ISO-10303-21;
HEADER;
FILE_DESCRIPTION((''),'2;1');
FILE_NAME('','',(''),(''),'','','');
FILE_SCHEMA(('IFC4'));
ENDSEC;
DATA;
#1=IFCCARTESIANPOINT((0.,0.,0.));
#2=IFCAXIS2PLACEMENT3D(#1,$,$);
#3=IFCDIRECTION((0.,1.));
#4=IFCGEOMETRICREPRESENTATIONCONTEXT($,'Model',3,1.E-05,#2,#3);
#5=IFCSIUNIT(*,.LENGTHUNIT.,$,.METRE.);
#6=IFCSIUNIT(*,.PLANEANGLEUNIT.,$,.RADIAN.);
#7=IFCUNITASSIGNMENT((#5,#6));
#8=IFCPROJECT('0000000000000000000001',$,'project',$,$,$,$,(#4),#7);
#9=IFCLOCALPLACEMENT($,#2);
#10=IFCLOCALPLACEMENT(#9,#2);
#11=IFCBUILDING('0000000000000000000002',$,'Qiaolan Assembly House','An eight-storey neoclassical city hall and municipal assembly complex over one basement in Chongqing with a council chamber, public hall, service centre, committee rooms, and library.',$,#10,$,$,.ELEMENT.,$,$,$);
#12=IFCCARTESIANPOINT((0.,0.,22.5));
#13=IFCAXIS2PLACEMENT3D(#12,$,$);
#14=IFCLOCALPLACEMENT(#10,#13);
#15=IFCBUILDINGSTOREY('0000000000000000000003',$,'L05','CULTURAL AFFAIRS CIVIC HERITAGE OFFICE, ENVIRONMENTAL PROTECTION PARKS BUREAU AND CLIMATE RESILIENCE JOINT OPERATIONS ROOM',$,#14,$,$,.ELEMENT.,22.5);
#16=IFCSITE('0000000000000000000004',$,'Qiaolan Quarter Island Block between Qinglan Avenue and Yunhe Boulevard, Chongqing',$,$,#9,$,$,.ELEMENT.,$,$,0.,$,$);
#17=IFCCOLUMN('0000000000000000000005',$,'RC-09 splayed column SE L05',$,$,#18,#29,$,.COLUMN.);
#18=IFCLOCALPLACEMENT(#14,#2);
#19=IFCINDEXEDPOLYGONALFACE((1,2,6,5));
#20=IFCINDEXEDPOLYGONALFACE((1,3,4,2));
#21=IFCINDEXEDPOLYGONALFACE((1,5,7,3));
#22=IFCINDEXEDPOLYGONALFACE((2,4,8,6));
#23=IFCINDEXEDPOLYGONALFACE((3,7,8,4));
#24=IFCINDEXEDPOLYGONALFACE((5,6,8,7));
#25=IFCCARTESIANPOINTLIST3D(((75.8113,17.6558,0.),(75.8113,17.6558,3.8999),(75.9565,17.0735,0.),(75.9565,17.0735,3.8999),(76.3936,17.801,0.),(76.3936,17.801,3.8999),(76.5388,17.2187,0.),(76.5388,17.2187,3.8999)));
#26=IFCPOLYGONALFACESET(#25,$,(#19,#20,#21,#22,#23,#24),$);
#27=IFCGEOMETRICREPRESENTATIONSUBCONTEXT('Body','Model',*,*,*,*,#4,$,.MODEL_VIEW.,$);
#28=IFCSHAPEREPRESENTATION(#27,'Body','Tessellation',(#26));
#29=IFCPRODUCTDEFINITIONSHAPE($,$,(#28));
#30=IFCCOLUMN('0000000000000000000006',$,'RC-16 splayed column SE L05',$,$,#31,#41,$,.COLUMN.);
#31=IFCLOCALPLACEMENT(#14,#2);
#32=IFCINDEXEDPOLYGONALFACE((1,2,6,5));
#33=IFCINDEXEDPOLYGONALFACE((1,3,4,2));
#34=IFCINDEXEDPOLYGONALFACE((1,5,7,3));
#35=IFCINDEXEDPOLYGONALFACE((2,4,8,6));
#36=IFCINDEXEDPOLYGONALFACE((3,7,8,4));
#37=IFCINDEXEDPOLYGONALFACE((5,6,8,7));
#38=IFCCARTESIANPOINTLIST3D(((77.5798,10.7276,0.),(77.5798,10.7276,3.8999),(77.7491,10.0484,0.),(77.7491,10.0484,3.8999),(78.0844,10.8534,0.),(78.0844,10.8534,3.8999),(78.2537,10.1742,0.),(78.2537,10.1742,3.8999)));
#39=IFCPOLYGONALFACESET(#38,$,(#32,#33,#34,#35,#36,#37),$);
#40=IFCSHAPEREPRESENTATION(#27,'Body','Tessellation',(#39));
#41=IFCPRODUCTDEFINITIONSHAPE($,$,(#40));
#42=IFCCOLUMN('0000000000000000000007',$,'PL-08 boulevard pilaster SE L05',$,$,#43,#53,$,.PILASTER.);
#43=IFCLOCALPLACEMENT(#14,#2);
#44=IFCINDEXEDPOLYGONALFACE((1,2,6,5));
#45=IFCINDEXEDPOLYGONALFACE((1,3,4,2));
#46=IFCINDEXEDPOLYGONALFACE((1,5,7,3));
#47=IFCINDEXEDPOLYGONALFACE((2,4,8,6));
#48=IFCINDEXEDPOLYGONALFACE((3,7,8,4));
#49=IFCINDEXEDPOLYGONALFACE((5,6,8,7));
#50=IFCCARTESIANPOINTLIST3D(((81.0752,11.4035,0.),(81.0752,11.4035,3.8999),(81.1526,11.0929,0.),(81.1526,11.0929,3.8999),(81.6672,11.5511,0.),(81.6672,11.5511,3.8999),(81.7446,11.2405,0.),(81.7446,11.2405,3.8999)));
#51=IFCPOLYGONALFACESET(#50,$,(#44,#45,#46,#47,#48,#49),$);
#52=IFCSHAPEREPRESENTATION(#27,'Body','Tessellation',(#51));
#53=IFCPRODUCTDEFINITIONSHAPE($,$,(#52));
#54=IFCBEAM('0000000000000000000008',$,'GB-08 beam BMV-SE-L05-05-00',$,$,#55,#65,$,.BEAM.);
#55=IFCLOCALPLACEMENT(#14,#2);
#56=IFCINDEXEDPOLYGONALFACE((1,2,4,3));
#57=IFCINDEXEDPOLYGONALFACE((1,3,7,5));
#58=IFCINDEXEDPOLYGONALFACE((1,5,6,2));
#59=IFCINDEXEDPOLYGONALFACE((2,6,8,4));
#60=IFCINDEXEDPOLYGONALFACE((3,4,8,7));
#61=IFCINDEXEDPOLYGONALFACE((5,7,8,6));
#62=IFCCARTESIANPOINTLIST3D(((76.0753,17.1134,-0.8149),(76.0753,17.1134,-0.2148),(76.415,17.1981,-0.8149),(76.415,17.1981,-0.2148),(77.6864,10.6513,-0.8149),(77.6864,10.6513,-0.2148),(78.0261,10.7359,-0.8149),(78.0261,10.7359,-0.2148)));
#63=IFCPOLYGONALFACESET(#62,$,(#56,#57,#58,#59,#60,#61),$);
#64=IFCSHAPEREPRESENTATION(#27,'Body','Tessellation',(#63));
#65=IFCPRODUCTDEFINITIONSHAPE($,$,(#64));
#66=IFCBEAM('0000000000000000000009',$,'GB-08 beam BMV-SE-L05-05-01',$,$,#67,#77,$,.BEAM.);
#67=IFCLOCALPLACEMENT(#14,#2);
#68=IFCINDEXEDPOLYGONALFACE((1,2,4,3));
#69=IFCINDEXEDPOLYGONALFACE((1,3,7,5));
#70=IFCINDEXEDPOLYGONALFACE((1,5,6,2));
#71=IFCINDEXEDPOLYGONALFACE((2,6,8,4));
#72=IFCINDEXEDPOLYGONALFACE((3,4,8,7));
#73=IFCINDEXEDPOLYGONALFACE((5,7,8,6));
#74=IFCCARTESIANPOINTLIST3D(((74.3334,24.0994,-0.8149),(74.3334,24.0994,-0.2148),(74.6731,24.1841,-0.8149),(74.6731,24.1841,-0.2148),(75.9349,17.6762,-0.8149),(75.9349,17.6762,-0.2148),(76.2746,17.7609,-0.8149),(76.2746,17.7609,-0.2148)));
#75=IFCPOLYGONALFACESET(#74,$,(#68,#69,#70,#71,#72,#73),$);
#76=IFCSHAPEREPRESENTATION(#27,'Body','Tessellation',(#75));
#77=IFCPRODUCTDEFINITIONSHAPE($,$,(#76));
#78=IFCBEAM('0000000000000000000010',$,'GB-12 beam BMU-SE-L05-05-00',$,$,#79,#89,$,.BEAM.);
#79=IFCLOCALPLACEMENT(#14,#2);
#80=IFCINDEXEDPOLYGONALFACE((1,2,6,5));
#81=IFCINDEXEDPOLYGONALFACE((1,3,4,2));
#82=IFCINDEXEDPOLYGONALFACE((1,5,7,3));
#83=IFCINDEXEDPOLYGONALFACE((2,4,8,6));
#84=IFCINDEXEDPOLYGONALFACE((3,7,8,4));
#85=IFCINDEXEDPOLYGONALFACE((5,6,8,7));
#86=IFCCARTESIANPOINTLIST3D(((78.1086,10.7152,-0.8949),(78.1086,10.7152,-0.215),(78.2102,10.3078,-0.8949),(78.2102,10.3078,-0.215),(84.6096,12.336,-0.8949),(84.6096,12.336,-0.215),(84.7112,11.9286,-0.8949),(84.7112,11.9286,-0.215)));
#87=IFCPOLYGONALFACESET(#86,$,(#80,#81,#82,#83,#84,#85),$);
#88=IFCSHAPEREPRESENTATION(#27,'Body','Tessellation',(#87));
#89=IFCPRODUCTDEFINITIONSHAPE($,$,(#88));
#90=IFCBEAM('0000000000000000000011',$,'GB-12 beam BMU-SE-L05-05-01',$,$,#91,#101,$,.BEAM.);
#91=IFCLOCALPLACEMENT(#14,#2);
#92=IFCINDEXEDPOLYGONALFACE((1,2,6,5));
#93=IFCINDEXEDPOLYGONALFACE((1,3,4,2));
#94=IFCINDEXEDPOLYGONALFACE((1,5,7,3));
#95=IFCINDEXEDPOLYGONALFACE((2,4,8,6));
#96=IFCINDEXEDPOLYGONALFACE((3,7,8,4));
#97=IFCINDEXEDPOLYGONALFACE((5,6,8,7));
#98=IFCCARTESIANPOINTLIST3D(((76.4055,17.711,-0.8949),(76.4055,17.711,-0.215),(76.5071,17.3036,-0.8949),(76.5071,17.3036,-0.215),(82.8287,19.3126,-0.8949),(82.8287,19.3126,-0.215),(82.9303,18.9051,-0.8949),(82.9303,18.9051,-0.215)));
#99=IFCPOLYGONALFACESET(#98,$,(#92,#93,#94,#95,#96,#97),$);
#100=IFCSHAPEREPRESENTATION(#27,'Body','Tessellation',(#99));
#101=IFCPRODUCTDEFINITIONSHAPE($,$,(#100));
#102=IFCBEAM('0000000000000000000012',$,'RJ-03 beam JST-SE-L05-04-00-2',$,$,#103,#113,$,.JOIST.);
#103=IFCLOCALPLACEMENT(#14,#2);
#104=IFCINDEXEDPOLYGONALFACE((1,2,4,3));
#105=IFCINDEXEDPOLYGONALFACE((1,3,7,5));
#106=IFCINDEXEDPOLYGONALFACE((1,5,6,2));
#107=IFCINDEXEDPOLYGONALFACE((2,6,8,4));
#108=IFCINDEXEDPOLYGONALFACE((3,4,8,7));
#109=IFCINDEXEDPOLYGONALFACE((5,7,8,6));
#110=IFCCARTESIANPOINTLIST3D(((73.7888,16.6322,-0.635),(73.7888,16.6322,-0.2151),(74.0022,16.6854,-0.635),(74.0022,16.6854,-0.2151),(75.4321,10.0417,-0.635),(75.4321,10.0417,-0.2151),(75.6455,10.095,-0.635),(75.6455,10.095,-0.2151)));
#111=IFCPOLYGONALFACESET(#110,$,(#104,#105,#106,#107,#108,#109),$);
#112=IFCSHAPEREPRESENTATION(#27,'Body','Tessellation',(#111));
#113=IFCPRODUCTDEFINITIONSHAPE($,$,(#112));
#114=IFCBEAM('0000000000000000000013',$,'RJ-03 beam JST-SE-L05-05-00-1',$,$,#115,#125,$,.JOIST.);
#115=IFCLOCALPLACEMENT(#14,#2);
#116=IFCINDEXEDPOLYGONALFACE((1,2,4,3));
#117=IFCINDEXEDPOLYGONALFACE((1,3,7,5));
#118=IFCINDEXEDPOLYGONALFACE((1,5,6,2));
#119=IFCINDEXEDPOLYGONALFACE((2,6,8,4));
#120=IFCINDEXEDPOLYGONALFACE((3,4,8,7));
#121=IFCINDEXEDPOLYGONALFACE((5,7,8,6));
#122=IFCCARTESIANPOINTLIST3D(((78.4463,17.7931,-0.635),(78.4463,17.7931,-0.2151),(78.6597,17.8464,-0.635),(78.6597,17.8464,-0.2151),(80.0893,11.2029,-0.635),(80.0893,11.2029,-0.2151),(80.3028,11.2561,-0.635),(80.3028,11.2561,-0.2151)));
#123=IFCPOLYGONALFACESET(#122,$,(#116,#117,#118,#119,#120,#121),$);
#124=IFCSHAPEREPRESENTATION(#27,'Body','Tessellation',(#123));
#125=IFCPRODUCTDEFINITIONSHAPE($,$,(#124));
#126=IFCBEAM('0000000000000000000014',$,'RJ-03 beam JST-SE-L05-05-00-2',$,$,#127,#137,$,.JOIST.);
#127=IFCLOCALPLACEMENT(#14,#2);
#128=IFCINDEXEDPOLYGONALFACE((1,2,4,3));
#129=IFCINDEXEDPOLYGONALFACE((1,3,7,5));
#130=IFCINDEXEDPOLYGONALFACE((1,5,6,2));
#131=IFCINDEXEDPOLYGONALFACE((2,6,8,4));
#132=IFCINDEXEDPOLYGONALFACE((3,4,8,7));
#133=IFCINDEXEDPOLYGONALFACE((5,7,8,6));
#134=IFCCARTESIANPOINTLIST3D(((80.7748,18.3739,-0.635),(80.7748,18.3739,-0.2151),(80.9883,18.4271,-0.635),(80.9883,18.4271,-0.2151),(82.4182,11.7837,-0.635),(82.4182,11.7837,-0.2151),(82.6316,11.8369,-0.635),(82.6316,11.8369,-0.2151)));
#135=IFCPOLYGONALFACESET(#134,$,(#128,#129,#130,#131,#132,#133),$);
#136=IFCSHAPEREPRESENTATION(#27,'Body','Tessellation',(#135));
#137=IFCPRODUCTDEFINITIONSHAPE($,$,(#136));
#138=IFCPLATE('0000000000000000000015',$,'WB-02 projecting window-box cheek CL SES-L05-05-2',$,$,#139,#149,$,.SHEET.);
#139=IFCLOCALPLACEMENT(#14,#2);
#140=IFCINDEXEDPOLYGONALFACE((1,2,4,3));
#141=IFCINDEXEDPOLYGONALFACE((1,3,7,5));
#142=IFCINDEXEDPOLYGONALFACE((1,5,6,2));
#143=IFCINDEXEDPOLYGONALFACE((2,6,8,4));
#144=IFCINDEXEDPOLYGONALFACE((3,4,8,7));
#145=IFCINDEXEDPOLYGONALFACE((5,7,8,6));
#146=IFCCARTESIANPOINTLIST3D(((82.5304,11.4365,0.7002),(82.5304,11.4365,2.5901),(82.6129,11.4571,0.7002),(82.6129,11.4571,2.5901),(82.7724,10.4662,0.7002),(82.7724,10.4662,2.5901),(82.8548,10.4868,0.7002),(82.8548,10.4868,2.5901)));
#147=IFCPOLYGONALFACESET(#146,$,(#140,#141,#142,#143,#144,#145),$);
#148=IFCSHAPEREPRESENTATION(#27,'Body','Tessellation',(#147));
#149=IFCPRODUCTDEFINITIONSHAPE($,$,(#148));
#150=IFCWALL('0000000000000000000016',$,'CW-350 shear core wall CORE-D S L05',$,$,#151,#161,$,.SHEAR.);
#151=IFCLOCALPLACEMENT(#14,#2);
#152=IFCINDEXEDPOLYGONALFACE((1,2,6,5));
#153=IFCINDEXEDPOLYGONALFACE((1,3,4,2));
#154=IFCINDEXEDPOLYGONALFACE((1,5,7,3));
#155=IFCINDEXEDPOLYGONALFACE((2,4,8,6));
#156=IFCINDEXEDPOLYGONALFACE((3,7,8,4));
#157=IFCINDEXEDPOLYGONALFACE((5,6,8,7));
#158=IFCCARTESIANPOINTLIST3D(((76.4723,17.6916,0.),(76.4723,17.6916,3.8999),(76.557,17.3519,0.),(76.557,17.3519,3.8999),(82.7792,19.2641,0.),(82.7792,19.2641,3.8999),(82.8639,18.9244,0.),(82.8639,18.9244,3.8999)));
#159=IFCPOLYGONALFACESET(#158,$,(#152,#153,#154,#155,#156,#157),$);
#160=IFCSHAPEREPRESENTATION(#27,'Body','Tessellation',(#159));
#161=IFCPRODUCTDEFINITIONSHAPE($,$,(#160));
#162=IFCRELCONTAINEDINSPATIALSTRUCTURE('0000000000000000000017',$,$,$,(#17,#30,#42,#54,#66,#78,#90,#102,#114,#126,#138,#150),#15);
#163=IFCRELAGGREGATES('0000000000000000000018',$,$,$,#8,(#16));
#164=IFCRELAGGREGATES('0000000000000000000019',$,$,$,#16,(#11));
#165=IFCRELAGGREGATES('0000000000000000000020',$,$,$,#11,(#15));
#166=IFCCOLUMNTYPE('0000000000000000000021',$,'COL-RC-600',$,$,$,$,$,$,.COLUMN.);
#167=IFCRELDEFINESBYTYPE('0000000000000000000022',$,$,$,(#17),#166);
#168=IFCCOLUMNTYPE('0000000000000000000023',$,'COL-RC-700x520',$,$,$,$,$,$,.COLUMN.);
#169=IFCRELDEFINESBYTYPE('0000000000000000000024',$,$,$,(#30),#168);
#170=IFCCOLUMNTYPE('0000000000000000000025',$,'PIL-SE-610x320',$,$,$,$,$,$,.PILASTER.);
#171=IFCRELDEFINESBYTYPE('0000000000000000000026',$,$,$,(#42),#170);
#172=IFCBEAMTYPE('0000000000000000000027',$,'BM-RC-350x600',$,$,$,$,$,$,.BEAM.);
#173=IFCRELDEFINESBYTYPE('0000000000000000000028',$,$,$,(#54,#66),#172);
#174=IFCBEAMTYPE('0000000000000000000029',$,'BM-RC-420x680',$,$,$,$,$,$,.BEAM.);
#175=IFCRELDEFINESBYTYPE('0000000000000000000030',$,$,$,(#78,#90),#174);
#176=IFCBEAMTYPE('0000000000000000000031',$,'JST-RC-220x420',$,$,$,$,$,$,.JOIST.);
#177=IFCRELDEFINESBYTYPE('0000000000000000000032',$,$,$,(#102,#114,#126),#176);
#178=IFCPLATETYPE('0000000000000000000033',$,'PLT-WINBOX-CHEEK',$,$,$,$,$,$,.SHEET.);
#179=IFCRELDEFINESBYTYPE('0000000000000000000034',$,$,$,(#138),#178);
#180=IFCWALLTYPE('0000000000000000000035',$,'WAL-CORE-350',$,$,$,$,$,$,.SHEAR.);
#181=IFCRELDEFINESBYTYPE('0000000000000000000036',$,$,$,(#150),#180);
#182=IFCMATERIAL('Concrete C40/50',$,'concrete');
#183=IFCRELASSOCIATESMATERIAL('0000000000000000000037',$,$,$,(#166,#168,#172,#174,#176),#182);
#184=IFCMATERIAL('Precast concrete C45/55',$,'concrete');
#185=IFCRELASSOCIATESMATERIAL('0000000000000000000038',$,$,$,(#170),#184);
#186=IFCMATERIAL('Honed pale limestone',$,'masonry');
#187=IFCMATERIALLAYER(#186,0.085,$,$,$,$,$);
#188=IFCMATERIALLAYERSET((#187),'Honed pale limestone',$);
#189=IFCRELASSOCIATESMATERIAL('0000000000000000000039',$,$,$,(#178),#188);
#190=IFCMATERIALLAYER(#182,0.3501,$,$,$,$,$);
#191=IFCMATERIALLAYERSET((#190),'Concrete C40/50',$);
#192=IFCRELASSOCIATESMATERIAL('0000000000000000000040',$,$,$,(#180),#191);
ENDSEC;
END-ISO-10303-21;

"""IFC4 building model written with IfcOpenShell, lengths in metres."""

from ifc_helpers import new_model, si_unit, direction, frame, frame_2d, origin, origin_2d, place, context, subcontext, project, spatial, rectangle, extrude, material, layer, layer_set, material_profile, profile_set, type_object, element, save


model = new_model("IFC4")

# Units and contexts
model_context = context("Model", 3, precision=1e-05, world=origin(), true_north=direction((0.0, 1.0)))
body_context = subcontext(model_context, "Body", "Model", "MODEL_VIEW")
ifc_project = project(units=[si_unit("LENGTHUNIT", "METRE"), si_unit("PLANEANGLEUNIT", "RADIAN")], contexts=[model_context])

# Site, building, storey
site_placement = place(None, origin())
site = spatial("IfcSite", under=ifc_project, at=site_placement, Name="Qiaolan Quarter Island Block between Qinglan Avenue and Yunhe Boulevard, Chongqing", CompositionType="ELEMENT", RefElevation=0.0)
building_placement = place(site_placement, origin())
building = spatial("IfcBuilding", under=site, at=building_placement, Name="Qiaolan Assembly House", Description="An eight-storey neoclassical city hall and municipal assembly complex over one basement in Chongqing with a council chamber, public hall, service centre, committee rooms, and library.", CompositionType="ELEMENT")
storey_placement = place(building_placement, frame((0.0, 0.0, 22.5)))
storey = spatial("IfcBuildingStorey", under=building, at=storey_placement, Name="L05", Description="CULTURAL AFFAIRS CIVIC HERITAGE OFFICE, ENVIRONMENTAL PROTECTION PARKS BUREAU AND CLIMATE RESILIENCE JOINT OPERATIONS ROOM", CompositionType="ELEMENT", Elevation=22.5)

# Columns
ifc_material_1 = material(Name="Concrete C40/50", Category="concrete")
ifc_material_profile_1 = material_profile(ifc_material_1, rectangle(XDim=0.6001, YDim=0.6001, at=origin_2d()), Name="RC 600x600")
ifc_profile_set_1 = profile_set([ifc_material_profile_1], Name="Concrete C40/50")
column_type_1 = type_object("IfcColumnType", Name="COL-RC-600", PredefinedType="COLUMN", material=ifc_profile_set_1)
column_1_placement = place(storey_placement, frame((76.175, 17.4373, 0.0), z_axis=(0.0, 0.0, 1.0), x_axis=(0.970296, 0.241922, 0.0)))
element("IfcColumn", 1, at=column_1_placement, inside=storey, type_object=column_type_1, Name="RC-09 splayed column SE L05", PredefinedType="COLUMN", context=body_context, shape_type="SweptSolid", body=[
    extrude(rectangle(XDim=0.6001, YDim=0.6001, at=origin_2d()), origin(), (0.0, 0.0, 1.0), 3.8999),
])
ifc_material_profile_2 = material_profile(ifc_material_1, rectangle(XDim=0.52, YDim=0.7, at=origin_2d()), Name="RC 700x520")
ifc_profile_set_2 = profile_set([ifc_material_profile_2], Name="Concrete C40/50")
column_type_2 = type_object("IfcColumnType", Name="COL-RC-700x520", PredefinedType="COLUMN", material=ifc_profile_set_2)
column_2_placement = place(storey_placement, frame((77.9167, 10.4509, 0.0), z_axis=(0.0, 0.0, 1.0), x_axis=(0.970296, 0.241922, 0.0)))
element("IfcColumn", 2, at=column_2_placement, inside=storey, type_object=column_type_2, Name="RC-16 splayed column SE L05", PredefinedType="COLUMN", context=body_context, shape_type="SweptSolid", body=[
    extrude(rectangle(XDim=0.52, YDim=0.7, at=origin_2d()), origin(), (0.0, 0.0, 1.0), 3.8999),
])
ifc_material_2 = material(Name="Precast concrete C45/55", Category="concrete")
ifc_material_profile_3 = material_profile(ifc_material_2, rectangle(XDim=0.6101, YDim=0.3201, at=origin_2d()), Name="PIL 610x320")
ifc_profile_set_3 = profile_set([ifc_material_profile_3], Name="Precast concrete C45/55")
column_type_3 = type_object("IfcColumnType", Name="PIL-SE-610x320", PredefinedType="PILASTER", material=ifc_profile_set_3)
column_3_placement = place(storey_placement, frame((81.4099, 11.322, 0.0), z_axis=(0.0, 0.0, 1.0), x_axis=(0.970296, 0.241922, 0.0)))
element("IfcColumn", 3, at=column_3_placement, inside=storey, type_object=column_type_3, Name="PL-08 boulevard pilaster SE L05", PredefinedType="PILASTER", context=body_context, shape_type="SweptSolid", body=[
    extrude(rectangle(XDim=0.6101, YDim=0.3201, at=origin_2d()), origin(), (0.0, 0.0, 1.0), 3.8999),
])

# Beams
ifc_material_profile_4 = material_profile(ifc_material_1, rectangle(XDim=0.3501, YDim=0.6001, at=origin_2d()), Name="RCB 350x600")
ifc_profile_set_4 = profile_set([ifc_material_profile_4], Name="Concrete C40/50")
beam_type_1 = type_object("IfcBeamType", Name="BM-RC-350x600", PredefinedType="BEAM", material=ifc_profile_set_4)
beam_1_placement = place(storey_placement, frame((77.8562, 10.6936, -0.5149), z_axis=(-0.241906, 0.9703, 0.0), x_axis=(-0.9703, -0.241906, 0.0)))
element("IfcBeam", 4, at=beam_1_placement, inside=storey, type_object=beam_type_1, Name="GB-08 beam BMV-SE-L05-05-00", PredefinedType="BEAM", context=body_context, shape_type="SweptSolid", body=[
    extrude(rectangle(XDim=0.3501, YDim=0.6001, at=origin_2d()), origin(), (0.0, 0.0, 1.0), 6.6599),
])
beam_2_placement = place(storey_placement, frame((76.1047, 17.7185, -0.5149), z_axis=(-0.241928, 0.970294, 0.0), x_axis=(-0.970294, -0.241928, 0.0)))
element("IfcBeam", 5, at=beam_2_placement, inside=storey, type_object=beam_type_1, Name="GB-08 beam BMV-SE-L05-05-01", PredefinedType="BEAM", context=body_context, shape_type="SweptSolid", body=[
    extrude(rectangle(XDim=0.3501, YDim=0.6001, at=origin_2d()), origin(), (0.0, 0.0, 1.0), 6.6199),
])
ifc_material_profile_5 = material_profile(ifc_material_1, rectangle(XDim=0.4199, YDim=0.6799, at=origin_2d()), Name="RCB 420x680")
ifc_profile_set_5 = profile_set([ifc_material_profile_5], Name="Concrete C40/50")
beam_type_2 = type_object("IfcBeamType", Name="BM-RC-420x680", PredefinedType="BEAM", material=ifc_profile_set_5)
beam_3_placement = place(storey_placement, frame((78.1594, 10.5115, -0.5549), z_axis=(0.970297, 0.241918, 0.0), x_axis=(-0.241918, 0.970297, 0.0)))
element("IfcBeam", 6, at=beam_3_placement, inside=storey, type_object=beam_type_2, Name="GB-12 beam BMU-SE-L05-05-00", PredefinedType="BEAM", context=body_context, shape_type="SweptSolid", body=[
    extrude(rectangle(XDim=0.4199, YDim=0.6799, at=origin_2d()), origin(), (0.0, 0.0, 1.0), 6.7),
])
beam_4_placement = place(storey_placement, frame((76.4563, 17.5073, -0.5549), z_axis=(0.970294, 0.241928, 0.0), x_axis=(-0.241928, 0.970294, 0.0)))
element("IfcBeam", 7, at=beam_4_placement, inside=storey, type_object=beam_type_2, Name="GB-12 beam BMU-SE-L05-05-01", PredefinedType="BEAM", context=body_context, shape_type="SweptSolid", body=[
    extrude(rectangle(XDim=0.4199, YDim=0.6799, at=origin_2d()), origin(), (0.0, 0.0, 1.0), 6.6199),
])
ifc_material_profile_6 = material_profile(ifc_material_1, rectangle(XDim=0.22, YDim=0.4199, at=origin_2d()), Name="RCB 220x420")
ifc_profile_set_6 = profile_set([ifc_material_profile_6], Name="Concrete C40/50")
beam_type_3 = type_object("IfcBeamType", Name="JST-RC-220x420", PredefinedType="JOIST", material=ifc_profile_set_6)
beam_5_placement = place(storey_placement, frame((75.5388, 10.0684, -0.425), z_axis=(-0.241944, 0.97029, 0.0), x_axis=(-0.97029, -0.241944, 0.0)))
element("IfcBeam", 8, at=beam_5_placement, inside=storey, type_object=beam_type_3, Name="RJ-03 beam JST-SE-L05-04-00-2", PredefinedType="JOIST", context=body_context, shape_type="SweptSolid", body=[
    extrude(rectangle(XDim=0.22, YDim=0.4199, at=origin_2d()), origin(), (0.0, 0.0, 1.0), 6.7922),
])
for number, where, z_axis, x_axis, name in (
    (9, (80.196, 11.2295, -0.425), (-0.24191, 0.970299, 0.0), (-0.970299, -0.24191, 0.0), "RJ-03 beam JST-SE-L05-05-00-1"),
    (10, (82.5249, 11.8103, -0.425), (-0.241952, 0.970288, 0.0), (-0.970288, -0.241952, 0.0), "RJ-03 beam JST-SE-L05-05-00-2"),
):
    element("IfcBeam", number, at=place(storey_placement, frame(where, z_axis=z_axis, x_axis=x_axis)), inside=storey, type_object=beam_type_3, Name=name, PredefinedType="JOIST", context=body_context, shape_type="SweptSolid", body=[
        extrude(rectangle(XDim=0.22, YDim=0.4199, at=origin_2d()), origin(), (0.0, 0.0, 1.0), 6.792),
    ])

# Plate
ifc_material_3 = material(Name="Honed pale limestone", Category="masonry")
ifc_layer_1 = layer(ifc_material_3, 0.085)
ifc_layer_set_1 = layer_set([ifc_layer_1], Name="Honed pale limestone")
plate_type = type_object("IfcPlateType", Name="PLT-WINBOX-CHEEK", PredefinedType="SHEET", material=ifc_layer_set_1)
plate_placement = place(storey_placement, frame((82.6926, 10.9617, 0.7002), z_axis=(0.0, 0.0, 1.0), x_axis=(0.970296, 0.241922, 0.0)))
element("IfcPlate", 11, at=plate_placement, inside=storey, type_object=plate_type, Name="WB-02 projecting window-box cheek CL SES-L05-05-2", PredefinedType="SHEET", context=body_context, shape_type="SweptSolid", body=[
    extrude(rectangle(XDim=0.085, YDim=1.0, at=origin_2d()), origin(), (0.0, 0.0, 1.0), 1.8899),
])

# Wall
ifc_layer_2 = layer(ifc_material_1, 0.3501)
ifc_layer_set_2 = layer_set([ifc_layer_2], Name="Concrete C40/50")
wall_type_1 = type_object("IfcWallType", Name="WAL-CORE-350", PredefinedType="SHEAR", material=ifc_layer_set_2)
wall_1_placement = place(storey_placement, frame((76.5146, 17.5217, 0.0), z_axis=(0.0, 0.0, 1.0), x_axis=(0.970295, 0.241926, 0.0)))
element("IfcWall", 12, at=wall_1_placement, inside=storey, type_object=wall_type_1, Name="CW-350 shear core wall CORE-D S L05", PredefinedType="SHEAR", context=body_context, shape_type="SweptSolid", body=[
    extrude(rectangle(XDim=6.5, YDim=0.3501, at=frame_2d((3.25, 0.0))), origin(), (0.0, 0.0, 1.0), 3.8999),
])

save(model, "model.ifc")
